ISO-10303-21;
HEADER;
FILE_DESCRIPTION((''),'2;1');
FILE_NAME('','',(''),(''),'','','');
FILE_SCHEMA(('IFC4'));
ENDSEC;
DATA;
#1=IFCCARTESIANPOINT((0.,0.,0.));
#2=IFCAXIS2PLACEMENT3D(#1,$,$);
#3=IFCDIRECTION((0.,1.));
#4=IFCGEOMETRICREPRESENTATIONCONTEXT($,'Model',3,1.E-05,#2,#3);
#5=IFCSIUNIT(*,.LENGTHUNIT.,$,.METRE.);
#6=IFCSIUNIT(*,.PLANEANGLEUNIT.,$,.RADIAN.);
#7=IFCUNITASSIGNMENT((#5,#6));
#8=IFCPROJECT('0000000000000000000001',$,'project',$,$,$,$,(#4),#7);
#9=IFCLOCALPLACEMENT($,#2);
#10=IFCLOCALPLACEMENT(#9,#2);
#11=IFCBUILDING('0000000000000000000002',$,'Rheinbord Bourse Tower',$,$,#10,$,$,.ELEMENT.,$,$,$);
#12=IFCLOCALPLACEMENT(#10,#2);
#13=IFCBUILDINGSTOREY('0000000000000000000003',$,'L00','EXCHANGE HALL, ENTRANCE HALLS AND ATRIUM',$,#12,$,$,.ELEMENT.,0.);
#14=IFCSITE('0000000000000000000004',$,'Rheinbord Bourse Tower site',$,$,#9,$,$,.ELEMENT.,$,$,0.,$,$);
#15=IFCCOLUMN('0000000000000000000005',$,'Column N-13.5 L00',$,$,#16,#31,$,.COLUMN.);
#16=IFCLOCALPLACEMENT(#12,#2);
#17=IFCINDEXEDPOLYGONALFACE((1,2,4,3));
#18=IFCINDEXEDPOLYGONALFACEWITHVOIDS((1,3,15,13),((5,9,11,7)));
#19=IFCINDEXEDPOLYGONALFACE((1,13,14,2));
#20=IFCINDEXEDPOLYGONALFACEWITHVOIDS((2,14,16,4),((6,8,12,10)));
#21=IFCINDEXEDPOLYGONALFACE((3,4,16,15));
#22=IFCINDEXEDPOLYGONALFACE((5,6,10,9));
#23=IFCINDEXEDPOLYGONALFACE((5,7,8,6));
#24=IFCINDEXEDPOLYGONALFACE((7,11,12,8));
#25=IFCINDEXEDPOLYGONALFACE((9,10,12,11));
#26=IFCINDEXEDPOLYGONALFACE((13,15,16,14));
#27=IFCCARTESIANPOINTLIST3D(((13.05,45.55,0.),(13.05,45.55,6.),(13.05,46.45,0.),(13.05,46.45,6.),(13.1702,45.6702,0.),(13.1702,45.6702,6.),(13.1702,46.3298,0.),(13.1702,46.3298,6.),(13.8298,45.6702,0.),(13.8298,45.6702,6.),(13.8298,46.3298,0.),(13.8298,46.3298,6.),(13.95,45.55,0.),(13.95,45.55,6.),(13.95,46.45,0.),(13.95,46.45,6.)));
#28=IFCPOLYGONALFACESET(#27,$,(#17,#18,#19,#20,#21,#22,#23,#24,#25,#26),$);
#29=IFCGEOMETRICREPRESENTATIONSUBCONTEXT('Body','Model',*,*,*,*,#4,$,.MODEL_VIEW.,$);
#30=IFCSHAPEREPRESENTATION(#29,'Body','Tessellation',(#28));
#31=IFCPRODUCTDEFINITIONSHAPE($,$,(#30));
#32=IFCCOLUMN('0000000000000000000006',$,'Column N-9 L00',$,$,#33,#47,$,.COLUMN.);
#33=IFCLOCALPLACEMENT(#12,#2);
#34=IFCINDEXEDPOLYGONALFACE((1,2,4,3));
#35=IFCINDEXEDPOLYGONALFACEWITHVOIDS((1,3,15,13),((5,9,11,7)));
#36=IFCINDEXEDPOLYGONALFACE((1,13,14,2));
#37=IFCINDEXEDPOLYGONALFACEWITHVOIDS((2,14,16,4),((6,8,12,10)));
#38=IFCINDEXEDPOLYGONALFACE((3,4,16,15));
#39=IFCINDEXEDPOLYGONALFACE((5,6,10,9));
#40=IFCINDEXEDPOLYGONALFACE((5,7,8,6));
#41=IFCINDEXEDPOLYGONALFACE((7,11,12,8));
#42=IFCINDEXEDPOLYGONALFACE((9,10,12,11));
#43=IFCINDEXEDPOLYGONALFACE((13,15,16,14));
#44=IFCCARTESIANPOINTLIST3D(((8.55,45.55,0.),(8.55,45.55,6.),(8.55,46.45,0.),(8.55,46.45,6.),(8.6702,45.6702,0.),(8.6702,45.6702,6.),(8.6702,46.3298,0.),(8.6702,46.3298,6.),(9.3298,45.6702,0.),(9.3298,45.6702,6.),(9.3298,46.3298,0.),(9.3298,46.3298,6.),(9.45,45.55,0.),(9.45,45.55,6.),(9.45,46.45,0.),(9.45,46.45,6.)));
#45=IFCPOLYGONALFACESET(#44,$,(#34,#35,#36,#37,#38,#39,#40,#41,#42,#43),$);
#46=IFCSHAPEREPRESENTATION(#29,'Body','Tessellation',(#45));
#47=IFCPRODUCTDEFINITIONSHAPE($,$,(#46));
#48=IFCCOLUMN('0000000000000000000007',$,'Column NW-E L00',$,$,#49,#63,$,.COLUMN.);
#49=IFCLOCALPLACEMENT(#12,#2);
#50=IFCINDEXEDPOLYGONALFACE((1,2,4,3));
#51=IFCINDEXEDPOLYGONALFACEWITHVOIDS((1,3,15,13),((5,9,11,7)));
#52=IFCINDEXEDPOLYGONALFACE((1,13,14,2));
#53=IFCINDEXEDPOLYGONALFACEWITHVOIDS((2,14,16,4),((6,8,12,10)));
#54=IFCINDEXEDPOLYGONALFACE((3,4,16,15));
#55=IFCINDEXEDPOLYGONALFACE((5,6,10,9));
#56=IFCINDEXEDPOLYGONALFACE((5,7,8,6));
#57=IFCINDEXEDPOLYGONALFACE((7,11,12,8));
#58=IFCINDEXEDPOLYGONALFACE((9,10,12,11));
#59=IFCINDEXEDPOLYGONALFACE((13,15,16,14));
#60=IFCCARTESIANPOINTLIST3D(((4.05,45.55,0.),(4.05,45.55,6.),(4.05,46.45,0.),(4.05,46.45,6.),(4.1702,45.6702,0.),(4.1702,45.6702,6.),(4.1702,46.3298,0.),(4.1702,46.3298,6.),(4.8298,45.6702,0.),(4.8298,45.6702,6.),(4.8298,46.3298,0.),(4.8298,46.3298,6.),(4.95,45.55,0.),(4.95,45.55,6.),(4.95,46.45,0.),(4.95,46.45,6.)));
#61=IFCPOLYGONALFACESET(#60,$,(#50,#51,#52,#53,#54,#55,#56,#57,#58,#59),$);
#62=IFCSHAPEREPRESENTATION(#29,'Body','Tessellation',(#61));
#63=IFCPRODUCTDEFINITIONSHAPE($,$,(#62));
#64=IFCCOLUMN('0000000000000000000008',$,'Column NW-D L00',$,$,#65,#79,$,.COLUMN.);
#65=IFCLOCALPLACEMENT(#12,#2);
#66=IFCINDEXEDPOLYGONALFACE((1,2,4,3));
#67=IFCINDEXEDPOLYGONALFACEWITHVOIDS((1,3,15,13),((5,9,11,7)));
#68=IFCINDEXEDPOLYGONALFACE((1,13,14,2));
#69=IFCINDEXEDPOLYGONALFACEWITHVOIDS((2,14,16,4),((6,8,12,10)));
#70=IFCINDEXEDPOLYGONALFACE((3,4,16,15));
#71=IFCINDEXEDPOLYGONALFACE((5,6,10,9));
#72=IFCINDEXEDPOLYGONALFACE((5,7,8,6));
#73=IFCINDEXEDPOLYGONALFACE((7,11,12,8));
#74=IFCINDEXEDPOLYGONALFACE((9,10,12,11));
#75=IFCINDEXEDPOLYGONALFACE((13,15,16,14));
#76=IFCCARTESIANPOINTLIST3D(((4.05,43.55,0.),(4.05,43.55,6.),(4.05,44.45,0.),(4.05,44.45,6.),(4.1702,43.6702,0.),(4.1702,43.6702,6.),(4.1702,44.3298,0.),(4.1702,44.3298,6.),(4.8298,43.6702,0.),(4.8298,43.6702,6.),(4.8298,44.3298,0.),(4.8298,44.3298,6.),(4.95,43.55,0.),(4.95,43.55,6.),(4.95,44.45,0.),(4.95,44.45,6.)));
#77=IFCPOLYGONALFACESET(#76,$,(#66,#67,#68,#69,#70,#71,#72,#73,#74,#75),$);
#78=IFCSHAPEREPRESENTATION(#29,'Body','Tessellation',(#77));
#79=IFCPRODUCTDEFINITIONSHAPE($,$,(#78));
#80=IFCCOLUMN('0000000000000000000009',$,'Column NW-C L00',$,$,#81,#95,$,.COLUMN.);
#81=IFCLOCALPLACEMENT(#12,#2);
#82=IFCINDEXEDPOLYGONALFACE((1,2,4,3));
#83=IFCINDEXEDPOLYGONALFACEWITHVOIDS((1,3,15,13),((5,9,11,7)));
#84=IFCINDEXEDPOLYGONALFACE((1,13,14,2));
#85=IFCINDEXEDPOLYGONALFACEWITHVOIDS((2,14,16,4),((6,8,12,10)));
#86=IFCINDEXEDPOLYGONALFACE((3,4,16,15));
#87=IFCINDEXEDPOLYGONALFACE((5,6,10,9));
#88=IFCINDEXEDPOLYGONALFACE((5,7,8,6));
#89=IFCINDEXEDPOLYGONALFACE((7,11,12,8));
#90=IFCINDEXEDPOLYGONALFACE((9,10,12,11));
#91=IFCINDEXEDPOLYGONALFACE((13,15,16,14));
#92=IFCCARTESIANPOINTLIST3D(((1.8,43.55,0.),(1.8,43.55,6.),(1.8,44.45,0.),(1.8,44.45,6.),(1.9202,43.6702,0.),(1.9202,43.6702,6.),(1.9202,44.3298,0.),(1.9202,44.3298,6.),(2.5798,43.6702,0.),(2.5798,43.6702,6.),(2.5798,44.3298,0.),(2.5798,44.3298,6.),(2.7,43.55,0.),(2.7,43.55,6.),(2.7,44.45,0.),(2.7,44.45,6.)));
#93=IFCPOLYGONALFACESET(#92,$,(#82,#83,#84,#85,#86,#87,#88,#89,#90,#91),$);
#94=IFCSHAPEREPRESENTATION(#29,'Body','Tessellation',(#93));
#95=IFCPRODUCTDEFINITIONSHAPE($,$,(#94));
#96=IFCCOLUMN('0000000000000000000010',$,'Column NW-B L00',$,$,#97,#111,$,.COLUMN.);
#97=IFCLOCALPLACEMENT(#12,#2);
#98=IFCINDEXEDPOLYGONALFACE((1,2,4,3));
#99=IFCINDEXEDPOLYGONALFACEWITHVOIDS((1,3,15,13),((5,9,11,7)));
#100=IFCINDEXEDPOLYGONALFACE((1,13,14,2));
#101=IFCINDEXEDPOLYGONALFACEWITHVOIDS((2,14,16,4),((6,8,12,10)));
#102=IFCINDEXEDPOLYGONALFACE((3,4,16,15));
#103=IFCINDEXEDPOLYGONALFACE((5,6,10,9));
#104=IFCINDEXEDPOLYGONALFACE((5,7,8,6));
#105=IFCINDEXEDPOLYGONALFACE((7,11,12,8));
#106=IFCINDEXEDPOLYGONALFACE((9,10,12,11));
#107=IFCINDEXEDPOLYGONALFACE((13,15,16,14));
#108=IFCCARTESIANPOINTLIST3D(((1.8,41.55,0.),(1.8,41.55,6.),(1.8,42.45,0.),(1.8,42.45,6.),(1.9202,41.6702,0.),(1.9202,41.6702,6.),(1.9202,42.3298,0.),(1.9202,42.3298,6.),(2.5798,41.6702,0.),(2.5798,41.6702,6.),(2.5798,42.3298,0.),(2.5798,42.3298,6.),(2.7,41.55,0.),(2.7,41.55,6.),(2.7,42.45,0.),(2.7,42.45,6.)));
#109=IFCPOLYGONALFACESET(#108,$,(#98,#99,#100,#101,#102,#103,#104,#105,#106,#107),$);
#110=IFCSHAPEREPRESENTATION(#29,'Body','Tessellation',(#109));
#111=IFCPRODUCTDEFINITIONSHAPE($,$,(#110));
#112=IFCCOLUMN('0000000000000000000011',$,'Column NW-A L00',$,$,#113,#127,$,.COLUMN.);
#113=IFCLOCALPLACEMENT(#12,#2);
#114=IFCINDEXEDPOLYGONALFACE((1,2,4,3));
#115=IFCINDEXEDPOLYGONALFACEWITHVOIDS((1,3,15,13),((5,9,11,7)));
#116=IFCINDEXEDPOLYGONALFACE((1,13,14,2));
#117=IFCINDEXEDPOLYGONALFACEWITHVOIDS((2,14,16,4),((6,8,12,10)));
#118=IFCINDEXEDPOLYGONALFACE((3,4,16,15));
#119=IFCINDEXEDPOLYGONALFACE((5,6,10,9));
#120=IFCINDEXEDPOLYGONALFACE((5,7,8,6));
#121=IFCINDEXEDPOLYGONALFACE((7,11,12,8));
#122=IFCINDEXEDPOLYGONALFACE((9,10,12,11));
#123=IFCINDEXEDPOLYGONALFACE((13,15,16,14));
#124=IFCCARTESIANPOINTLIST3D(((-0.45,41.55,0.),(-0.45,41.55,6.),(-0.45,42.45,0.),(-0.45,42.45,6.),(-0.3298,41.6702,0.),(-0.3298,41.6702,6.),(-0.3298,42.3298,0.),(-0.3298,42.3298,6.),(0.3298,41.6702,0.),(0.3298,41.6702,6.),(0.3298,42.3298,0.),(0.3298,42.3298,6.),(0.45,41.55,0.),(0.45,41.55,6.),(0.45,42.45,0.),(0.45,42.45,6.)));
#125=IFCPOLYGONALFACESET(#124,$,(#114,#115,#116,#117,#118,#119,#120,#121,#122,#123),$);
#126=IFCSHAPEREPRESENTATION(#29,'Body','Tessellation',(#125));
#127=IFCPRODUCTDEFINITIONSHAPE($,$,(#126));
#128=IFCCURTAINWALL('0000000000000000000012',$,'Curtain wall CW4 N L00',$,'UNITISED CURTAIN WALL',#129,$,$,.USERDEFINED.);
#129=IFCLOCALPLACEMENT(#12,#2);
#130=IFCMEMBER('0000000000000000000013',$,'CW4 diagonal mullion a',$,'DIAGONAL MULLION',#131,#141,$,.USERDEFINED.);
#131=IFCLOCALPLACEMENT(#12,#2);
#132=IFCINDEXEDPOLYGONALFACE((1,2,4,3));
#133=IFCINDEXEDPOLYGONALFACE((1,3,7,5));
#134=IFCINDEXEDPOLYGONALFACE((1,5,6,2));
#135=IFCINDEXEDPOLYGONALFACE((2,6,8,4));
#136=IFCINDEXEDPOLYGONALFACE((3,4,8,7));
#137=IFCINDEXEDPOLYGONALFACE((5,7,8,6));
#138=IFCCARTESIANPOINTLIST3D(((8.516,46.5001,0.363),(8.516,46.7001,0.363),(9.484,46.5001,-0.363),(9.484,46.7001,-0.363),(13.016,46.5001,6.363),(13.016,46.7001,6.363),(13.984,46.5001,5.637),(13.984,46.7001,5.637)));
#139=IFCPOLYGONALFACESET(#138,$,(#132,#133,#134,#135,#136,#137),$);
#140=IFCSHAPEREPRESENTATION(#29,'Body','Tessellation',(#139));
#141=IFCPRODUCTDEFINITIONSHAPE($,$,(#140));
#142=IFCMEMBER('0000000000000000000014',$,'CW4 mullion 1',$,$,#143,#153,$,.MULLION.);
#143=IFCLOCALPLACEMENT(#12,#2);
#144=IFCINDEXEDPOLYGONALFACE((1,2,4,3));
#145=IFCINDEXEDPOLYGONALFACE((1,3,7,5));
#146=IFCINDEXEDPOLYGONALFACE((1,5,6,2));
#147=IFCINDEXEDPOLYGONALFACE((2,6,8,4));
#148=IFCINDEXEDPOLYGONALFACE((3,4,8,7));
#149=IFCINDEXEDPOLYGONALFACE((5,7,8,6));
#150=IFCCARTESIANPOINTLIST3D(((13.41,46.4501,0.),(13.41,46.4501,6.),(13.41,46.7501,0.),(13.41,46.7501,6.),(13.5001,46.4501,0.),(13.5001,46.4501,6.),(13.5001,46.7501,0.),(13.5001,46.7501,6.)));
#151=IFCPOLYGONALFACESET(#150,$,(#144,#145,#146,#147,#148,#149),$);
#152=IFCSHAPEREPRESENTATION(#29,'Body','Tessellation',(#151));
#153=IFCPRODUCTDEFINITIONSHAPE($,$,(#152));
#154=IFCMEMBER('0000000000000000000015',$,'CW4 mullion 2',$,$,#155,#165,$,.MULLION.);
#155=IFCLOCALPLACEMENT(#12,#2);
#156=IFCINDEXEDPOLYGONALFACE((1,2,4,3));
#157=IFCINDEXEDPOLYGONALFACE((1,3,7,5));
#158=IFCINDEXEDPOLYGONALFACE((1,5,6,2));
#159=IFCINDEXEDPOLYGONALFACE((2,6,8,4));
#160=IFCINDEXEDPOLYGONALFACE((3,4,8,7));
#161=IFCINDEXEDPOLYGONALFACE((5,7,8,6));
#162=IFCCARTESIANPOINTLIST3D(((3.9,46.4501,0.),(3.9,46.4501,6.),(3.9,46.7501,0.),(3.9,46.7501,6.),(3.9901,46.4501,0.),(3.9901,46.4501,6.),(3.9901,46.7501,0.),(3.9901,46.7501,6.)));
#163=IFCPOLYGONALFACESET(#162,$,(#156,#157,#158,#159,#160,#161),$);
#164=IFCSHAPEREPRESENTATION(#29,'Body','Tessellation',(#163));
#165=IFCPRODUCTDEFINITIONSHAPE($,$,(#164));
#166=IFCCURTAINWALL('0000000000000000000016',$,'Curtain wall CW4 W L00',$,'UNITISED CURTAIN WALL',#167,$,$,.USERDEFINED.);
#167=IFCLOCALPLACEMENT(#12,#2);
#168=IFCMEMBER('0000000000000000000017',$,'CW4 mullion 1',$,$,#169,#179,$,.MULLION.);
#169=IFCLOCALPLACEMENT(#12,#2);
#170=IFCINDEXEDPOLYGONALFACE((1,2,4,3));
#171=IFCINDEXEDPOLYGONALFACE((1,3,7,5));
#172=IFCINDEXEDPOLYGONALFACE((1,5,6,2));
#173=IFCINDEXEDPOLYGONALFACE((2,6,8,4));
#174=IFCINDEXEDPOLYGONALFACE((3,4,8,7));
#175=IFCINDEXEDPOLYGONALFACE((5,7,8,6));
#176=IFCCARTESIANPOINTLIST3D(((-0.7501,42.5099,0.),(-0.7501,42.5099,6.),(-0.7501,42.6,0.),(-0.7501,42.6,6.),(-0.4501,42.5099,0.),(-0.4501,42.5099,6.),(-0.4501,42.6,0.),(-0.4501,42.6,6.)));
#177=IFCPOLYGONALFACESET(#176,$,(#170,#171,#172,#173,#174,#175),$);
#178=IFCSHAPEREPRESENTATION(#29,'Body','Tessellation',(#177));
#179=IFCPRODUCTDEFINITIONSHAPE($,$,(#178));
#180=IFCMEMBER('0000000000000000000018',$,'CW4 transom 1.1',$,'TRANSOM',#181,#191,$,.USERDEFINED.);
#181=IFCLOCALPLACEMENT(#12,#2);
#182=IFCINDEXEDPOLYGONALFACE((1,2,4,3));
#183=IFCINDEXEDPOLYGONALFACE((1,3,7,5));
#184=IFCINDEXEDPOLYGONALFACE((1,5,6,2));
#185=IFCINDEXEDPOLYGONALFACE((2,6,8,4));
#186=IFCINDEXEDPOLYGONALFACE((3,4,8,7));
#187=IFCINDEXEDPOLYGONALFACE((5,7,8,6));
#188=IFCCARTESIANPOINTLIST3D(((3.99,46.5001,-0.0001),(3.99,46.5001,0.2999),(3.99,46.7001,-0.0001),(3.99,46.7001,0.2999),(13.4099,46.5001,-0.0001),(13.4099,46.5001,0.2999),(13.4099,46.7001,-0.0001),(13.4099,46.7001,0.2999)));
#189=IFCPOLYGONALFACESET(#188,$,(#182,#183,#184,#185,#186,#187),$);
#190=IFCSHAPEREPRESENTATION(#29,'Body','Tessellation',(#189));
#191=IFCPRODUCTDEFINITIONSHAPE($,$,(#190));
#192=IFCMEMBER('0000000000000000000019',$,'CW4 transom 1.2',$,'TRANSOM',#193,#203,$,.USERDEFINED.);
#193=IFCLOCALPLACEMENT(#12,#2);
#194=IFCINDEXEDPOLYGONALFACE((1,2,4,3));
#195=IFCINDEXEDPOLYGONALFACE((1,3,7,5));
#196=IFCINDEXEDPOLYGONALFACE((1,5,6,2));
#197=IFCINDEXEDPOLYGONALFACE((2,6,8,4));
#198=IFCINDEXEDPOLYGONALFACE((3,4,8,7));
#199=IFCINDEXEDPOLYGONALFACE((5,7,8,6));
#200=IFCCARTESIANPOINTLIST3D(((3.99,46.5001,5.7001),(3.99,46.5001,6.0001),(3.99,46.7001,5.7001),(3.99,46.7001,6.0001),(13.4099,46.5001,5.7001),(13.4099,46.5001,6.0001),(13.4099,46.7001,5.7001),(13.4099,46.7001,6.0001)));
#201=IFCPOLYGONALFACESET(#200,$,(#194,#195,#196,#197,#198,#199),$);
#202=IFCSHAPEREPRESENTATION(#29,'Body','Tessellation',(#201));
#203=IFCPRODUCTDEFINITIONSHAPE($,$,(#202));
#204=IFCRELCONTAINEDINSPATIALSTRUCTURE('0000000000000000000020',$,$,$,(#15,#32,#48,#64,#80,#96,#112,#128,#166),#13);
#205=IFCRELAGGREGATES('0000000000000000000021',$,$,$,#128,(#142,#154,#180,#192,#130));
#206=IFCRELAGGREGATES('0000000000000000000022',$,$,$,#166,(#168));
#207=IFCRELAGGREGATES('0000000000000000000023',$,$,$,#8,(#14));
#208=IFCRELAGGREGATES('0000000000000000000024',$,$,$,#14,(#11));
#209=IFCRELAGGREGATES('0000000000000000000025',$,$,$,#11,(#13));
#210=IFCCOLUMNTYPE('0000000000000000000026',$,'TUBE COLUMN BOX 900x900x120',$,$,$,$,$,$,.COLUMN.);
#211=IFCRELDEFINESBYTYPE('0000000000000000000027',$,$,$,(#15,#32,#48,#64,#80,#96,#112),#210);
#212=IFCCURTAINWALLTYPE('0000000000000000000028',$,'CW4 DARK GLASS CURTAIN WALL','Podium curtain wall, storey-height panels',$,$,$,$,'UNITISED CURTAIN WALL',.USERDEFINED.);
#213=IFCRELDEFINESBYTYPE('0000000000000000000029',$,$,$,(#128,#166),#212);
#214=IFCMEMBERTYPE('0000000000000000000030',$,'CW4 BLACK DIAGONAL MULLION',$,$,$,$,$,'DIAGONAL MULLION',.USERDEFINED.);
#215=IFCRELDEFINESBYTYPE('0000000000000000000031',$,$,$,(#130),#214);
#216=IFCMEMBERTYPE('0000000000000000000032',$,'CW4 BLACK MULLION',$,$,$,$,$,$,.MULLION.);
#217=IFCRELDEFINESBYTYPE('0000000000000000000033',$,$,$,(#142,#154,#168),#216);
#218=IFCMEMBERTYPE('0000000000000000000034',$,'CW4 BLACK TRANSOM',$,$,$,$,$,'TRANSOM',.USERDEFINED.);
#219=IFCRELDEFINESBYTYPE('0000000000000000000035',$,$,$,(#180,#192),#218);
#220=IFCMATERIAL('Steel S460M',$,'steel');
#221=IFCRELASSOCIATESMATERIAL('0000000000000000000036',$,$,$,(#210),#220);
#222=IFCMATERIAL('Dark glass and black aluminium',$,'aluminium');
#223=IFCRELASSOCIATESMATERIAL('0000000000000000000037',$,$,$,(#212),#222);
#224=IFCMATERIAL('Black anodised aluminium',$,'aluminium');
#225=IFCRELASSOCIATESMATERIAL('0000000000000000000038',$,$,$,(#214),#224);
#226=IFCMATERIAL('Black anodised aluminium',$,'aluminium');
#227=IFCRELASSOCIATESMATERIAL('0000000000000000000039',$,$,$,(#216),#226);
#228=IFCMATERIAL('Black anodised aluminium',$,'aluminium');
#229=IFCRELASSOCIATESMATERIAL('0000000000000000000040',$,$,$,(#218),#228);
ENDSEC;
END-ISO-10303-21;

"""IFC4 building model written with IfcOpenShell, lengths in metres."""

from ifc_helpers import new_model, si_unit, direction, frame, origin, origin_2d, place, context, subcontext, project, spatial, rectangle, hollow_rectangle, extrude, material, material_profile, profile_set, type_object, element, aggregate, save


model = new_model("IFC4")

# Units and contexts
model_context = context("Model", 3, precision=1e-05, world=origin(), true_north=direction((0.0, 1.0)))
body_context = subcontext(model_context, "Body", "Model", "MODEL_VIEW")
ifc_project = project(units=[si_unit("LENGTHUNIT", "METRE"), si_unit("PLANEANGLEUNIT", "RADIAN")], contexts=[model_context])

# Site, building, storey
site_placement = place(None, origin())
site = spatial("IfcSite", under=ifc_project, at=site_placement, Name="Rheinbord Bourse Tower site", CompositionType="ELEMENT", RefElevation=0.0)
building_placement = place(site_placement, origin())
building = spatial("IfcBuilding", under=site, at=building_placement, Name="Rheinbord Bourse Tower", CompositionType="ELEMENT")
storey_placement = place(building_placement, origin())
storey = spatial("IfcBuildingStorey", under=building, at=storey_placement, Name="L00", Description="EXCHANGE HALL, ENTRANCE HALLS AND ATRIUM", CompositionType="ELEMENT", Elevation=0.0)

# Columns
ifc_material_1 = material(Name="Steel S460M", Category="steel")
ifc_material_profile_1 = material_profile(ifc_material_1, hollow_rectangle(XDim=0.8999, YDim=0.8999, WallThickness=0.1201, at=origin_2d()), Name="BOX 900x900x120")
ifc_profile_set_1 = profile_set([ifc_material_profile_1], Name="Steel S460M")
column_type = type_object("IfcColumnType", Name="TUBE COLUMN BOX 900x900x120", PredefinedType="COLUMN", material=ifc_profile_set_1)
for number, where, z_axis, x_axis, name in (
    (1, (13.5, 46.0, 0.0), (0.0, 0.0, 1.0), (0.0, 1.0, 0.0), "Column N-13.5 L00"),
    (2, (9.0, 46.0, 0.0), (0.0, 0.0, 1.0), (0.0, 1.0, 0.0), "Column N-9 L00"),
    (3, (4.5, 46.0, 0.0), (0.0, 0.0, 1.0), (0.0, 1.0, 0.0), "Column NW-E L00"),
    (4, (4.5, 44.0, 0.0), (0.0, 0.0, 1.0), (0.0, 1.0, 0.0), "Column NW-D L00"),
    (5, (2.25, 44.0, 0.0), (0.0, 0.0, 1.0), (1.0, 0.0, 0.0), "Column NW-C L00"),
    (6, (2.25, 42.0, 0.0), (0.0, 0.0, 1.0), (1.0, 0.0, 0.0), "Column NW-B L00"),
    (7, (0.0, 42.0, 0.0), (0.0, 0.0, 1.0), (1.0, 0.0, 0.0), "Column NW-A L00"),
):
    element("IfcColumn", number, at=place(storey_placement, frame(where, z_axis=z_axis, x_axis=x_axis)), inside=storey, type_object=column_type, Name=name, PredefinedType="COLUMN", context=body_context, shape_type="SweptSolid", body=[
        extrude(hollow_rectangle(XDim=0.8999, YDim=0.8999, WallThickness=0.1201, at=origin_2d()), origin(), (0.0, 0.0, 1.0), 6.0),
    ])

# Curtain wall, members
ifc_material_2 = material(Name="Dark glass and black aluminium", Category="aluminium")
curtain_wall_type = type_object("IfcCurtainWallType", Name="CW4 DARK GLASS CURTAIN WALL", Description="Podium curtain wall, storey-height panels", ElementType="UNITISED CURTAIN WALL", PredefinedType="USERDEFINED", material=ifc_material_2)
curtain_wall_1_placement = place(storey_placement, origin())
curtain_wall_1 = element("IfcCurtainWall", 8, at=curtain_wall_1_placement, inside=storey, type_object=curtain_wall_type, Name="Curtain wall CW4 N L00", ObjectType="UNITISED CURTAIN WALL", PredefinedType="USERDEFINED")
ifc_material_3 = material(Name="Black anodised aluminium", Category="aluminium")
ifc_material_profile_2 = material_profile(ifc_material_3, rectangle(XDim=0.2, YDim=1.21, at=origin_2d()), Name="CW4 DIAGONAL MULLION 1210x200")
ifc_profile_set_2 = profile_set([ifc_material_profile_2], Name="Black anodised aluminium")
member_type_1 = type_object("IfcMemberType", Name="CW4 BLACK DIAGONAL MULLION", ElementType="DIAGONAL MULLION", PredefinedType="USERDEFINED", material=ifc_profile_set_2)
member_1_placement = place(storey_placement, frame((9.0, 46.6001, 0.0), z_axis=(0.6, 0.0, 0.8), x_axis=(0.0, 1.0, 0.0)))
member_1 = element("IfcMember", 9, at=member_1_placement, type_object=member_type_1, Name="CW4 diagonal mullion a", ObjectType="DIAGONAL MULLION", PredefinedType="USERDEFINED", context=body_context, shape_type="SweptSolid", body=[
    extrude(rectangle(XDim=0.2, YDim=1.21, at=origin_2d()), origin(), (0.0, 0.0, 1.0), 7.5),
])
ifc_material_4 = material(Name="Black anodised aluminium", Category="aluminium")
ifc_material_profile_3 = material_profile(ifc_material_4, rectangle(XDim=0.3, YDim=0.0901, at=origin_2d()), Name="CW4 MULLION 90x300")
ifc_profile_set_3 = profile_set([ifc_material_profile_3], Name="Black anodised aluminium")
member_type_2 = type_object("IfcMemberType", Name="CW4 BLACK MULLION", PredefinedType="MULLION", material=ifc_profile_set_3)
member_2_placement = place(storey_placement, frame((13.4551, 46.6001, 0.0), z_axis=(0.0, 0.0, 1.0), x_axis=(0.0, -1.0, 0.0)))
member_2 = element("IfcMember", 10, at=member_2_placement, type_object=member_type_2, Name="CW4 mullion 1", PredefinedType="MULLION", context=body_context, shape_type="SweptSolid", body=[
    extrude(rectangle(XDim=0.3, YDim=0.0901, at=origin_2d()), origin(), (0.0, 0.0, 1.0), 6.0),
])
member_3_placement = place(storey_placement, frame((3.9451, 46.6001, 0.0), z_axis=(0.0, 0.0, 1.0), x_axis=(0.0, -1.0, 0.0)))
member_3 = element("IfcMember", 11, at=member_3_placement, type_object=member_type_2, Name="CW4 mullion 2", PredefinedType="MULLION", context=body_context, shape_type="SweptSolid", body=[
    extrude(rectangle(XDim=0.3, YDim=0.0901, at=origin_2d()), origin(), (0.0, 0.0, 1.0), 6.0),
])

# Curtain wall, member
curtain_wall_2_placement = place(storey_placement, origin())
curtain_wall_2 = element("IfcCurtainWall", 12, at=curtain_wall_2_placement, inside=storey, type_object=curtain_wall_type, Name="Curtain wall CW4 W L00", ObjectType="UNITISED CURTAIN WALL", PredefinedType="USERDEFINED")
member_4_placement = place(storey_placement, frame((-0.6001, 42.5549, 0.0), z_axis=(0.0, 0.0, 1.0), x_axis=(1.0, 0.0, 0.0)))
member_4 = element("IfcMember", 13, at=member_4_placement, type_object=member_type_2, Name="CW4 mullion 1", PredefinedType="MULLION", context=body_context, shape_type="SweptSolid", body=[
    extrude(rectangle(XDim=0.3, YDim=0.0901, at=origin_2d()), origin(), (0.0, 0.0, 1.0), 6.0),
])

# Members
ifc_material_5 = material(Name="Black anodised aluminium", Category="aluminium")
ifc_material_profile_4 = material_profile(ifc_material_5, rectangle(XDim=0.2, YDim=0.3, at=origin_2d()), Name="CW4 TRANSOM 300x200")
ifc_profile_set_4 = profile_set([ifc_material_profile_4], Name="Black anodised aluminium")
member_type_3 = type_object("IfcMemberType", Name="CW4 BLACK TRANSOM", ElementType="TRANSOM", PredefinedType="USERDEFINED", material=ifc_profile_set_4)
member_5_placement = place(storey_placement, frame((13.4099, 46.6001, 0.1499), z_axis=(-1.0, 0.0, 0.0), x_axis=(0.0, -1.0, 0.0)))
member_5 = element("IfcMember", 14, at=member_5_placement, type_object=member_type_3, Name="CW4 transom 1.1", ObjectType="TRANSOM", PredefinedType="USERDEFINED", context=body_context, shape_type="SweptSolid", body=[
    extrude(rectangle(XDim=0.2, YDim=0.3, at=origin_2d()), origin(), (0.0, 0.0, 1.0), 9.4199),
])
member_6_placement = place(storey_placement, frame((13.4099, 46.6001, 5.8501), z_axis=(-1.0, 0.0, 0.0), x_axis=(0.0, -1.0, 0.0)))
member_6 = element("IfcMember", 15, at=member_6_placement, type_object=member_type_3, Name="CW4 transom 1.2", ObjectType="TRANSOM", PredefinedType="USERDEFINED", context=body_context, shape_type="SweptSolid", body=[
    extrude(rectangle(XDim=0.2, YDim=0.3, at=origin_2d()), origin(), (0.0, 0.0, 1.0), 9.4199),
])

aggregate(curtain_wall_1, [member_2, member_3, member_5, member_6, member_1])
aggregate(curtain_wall_2, [member_4])

save(model, "model.ifc")
